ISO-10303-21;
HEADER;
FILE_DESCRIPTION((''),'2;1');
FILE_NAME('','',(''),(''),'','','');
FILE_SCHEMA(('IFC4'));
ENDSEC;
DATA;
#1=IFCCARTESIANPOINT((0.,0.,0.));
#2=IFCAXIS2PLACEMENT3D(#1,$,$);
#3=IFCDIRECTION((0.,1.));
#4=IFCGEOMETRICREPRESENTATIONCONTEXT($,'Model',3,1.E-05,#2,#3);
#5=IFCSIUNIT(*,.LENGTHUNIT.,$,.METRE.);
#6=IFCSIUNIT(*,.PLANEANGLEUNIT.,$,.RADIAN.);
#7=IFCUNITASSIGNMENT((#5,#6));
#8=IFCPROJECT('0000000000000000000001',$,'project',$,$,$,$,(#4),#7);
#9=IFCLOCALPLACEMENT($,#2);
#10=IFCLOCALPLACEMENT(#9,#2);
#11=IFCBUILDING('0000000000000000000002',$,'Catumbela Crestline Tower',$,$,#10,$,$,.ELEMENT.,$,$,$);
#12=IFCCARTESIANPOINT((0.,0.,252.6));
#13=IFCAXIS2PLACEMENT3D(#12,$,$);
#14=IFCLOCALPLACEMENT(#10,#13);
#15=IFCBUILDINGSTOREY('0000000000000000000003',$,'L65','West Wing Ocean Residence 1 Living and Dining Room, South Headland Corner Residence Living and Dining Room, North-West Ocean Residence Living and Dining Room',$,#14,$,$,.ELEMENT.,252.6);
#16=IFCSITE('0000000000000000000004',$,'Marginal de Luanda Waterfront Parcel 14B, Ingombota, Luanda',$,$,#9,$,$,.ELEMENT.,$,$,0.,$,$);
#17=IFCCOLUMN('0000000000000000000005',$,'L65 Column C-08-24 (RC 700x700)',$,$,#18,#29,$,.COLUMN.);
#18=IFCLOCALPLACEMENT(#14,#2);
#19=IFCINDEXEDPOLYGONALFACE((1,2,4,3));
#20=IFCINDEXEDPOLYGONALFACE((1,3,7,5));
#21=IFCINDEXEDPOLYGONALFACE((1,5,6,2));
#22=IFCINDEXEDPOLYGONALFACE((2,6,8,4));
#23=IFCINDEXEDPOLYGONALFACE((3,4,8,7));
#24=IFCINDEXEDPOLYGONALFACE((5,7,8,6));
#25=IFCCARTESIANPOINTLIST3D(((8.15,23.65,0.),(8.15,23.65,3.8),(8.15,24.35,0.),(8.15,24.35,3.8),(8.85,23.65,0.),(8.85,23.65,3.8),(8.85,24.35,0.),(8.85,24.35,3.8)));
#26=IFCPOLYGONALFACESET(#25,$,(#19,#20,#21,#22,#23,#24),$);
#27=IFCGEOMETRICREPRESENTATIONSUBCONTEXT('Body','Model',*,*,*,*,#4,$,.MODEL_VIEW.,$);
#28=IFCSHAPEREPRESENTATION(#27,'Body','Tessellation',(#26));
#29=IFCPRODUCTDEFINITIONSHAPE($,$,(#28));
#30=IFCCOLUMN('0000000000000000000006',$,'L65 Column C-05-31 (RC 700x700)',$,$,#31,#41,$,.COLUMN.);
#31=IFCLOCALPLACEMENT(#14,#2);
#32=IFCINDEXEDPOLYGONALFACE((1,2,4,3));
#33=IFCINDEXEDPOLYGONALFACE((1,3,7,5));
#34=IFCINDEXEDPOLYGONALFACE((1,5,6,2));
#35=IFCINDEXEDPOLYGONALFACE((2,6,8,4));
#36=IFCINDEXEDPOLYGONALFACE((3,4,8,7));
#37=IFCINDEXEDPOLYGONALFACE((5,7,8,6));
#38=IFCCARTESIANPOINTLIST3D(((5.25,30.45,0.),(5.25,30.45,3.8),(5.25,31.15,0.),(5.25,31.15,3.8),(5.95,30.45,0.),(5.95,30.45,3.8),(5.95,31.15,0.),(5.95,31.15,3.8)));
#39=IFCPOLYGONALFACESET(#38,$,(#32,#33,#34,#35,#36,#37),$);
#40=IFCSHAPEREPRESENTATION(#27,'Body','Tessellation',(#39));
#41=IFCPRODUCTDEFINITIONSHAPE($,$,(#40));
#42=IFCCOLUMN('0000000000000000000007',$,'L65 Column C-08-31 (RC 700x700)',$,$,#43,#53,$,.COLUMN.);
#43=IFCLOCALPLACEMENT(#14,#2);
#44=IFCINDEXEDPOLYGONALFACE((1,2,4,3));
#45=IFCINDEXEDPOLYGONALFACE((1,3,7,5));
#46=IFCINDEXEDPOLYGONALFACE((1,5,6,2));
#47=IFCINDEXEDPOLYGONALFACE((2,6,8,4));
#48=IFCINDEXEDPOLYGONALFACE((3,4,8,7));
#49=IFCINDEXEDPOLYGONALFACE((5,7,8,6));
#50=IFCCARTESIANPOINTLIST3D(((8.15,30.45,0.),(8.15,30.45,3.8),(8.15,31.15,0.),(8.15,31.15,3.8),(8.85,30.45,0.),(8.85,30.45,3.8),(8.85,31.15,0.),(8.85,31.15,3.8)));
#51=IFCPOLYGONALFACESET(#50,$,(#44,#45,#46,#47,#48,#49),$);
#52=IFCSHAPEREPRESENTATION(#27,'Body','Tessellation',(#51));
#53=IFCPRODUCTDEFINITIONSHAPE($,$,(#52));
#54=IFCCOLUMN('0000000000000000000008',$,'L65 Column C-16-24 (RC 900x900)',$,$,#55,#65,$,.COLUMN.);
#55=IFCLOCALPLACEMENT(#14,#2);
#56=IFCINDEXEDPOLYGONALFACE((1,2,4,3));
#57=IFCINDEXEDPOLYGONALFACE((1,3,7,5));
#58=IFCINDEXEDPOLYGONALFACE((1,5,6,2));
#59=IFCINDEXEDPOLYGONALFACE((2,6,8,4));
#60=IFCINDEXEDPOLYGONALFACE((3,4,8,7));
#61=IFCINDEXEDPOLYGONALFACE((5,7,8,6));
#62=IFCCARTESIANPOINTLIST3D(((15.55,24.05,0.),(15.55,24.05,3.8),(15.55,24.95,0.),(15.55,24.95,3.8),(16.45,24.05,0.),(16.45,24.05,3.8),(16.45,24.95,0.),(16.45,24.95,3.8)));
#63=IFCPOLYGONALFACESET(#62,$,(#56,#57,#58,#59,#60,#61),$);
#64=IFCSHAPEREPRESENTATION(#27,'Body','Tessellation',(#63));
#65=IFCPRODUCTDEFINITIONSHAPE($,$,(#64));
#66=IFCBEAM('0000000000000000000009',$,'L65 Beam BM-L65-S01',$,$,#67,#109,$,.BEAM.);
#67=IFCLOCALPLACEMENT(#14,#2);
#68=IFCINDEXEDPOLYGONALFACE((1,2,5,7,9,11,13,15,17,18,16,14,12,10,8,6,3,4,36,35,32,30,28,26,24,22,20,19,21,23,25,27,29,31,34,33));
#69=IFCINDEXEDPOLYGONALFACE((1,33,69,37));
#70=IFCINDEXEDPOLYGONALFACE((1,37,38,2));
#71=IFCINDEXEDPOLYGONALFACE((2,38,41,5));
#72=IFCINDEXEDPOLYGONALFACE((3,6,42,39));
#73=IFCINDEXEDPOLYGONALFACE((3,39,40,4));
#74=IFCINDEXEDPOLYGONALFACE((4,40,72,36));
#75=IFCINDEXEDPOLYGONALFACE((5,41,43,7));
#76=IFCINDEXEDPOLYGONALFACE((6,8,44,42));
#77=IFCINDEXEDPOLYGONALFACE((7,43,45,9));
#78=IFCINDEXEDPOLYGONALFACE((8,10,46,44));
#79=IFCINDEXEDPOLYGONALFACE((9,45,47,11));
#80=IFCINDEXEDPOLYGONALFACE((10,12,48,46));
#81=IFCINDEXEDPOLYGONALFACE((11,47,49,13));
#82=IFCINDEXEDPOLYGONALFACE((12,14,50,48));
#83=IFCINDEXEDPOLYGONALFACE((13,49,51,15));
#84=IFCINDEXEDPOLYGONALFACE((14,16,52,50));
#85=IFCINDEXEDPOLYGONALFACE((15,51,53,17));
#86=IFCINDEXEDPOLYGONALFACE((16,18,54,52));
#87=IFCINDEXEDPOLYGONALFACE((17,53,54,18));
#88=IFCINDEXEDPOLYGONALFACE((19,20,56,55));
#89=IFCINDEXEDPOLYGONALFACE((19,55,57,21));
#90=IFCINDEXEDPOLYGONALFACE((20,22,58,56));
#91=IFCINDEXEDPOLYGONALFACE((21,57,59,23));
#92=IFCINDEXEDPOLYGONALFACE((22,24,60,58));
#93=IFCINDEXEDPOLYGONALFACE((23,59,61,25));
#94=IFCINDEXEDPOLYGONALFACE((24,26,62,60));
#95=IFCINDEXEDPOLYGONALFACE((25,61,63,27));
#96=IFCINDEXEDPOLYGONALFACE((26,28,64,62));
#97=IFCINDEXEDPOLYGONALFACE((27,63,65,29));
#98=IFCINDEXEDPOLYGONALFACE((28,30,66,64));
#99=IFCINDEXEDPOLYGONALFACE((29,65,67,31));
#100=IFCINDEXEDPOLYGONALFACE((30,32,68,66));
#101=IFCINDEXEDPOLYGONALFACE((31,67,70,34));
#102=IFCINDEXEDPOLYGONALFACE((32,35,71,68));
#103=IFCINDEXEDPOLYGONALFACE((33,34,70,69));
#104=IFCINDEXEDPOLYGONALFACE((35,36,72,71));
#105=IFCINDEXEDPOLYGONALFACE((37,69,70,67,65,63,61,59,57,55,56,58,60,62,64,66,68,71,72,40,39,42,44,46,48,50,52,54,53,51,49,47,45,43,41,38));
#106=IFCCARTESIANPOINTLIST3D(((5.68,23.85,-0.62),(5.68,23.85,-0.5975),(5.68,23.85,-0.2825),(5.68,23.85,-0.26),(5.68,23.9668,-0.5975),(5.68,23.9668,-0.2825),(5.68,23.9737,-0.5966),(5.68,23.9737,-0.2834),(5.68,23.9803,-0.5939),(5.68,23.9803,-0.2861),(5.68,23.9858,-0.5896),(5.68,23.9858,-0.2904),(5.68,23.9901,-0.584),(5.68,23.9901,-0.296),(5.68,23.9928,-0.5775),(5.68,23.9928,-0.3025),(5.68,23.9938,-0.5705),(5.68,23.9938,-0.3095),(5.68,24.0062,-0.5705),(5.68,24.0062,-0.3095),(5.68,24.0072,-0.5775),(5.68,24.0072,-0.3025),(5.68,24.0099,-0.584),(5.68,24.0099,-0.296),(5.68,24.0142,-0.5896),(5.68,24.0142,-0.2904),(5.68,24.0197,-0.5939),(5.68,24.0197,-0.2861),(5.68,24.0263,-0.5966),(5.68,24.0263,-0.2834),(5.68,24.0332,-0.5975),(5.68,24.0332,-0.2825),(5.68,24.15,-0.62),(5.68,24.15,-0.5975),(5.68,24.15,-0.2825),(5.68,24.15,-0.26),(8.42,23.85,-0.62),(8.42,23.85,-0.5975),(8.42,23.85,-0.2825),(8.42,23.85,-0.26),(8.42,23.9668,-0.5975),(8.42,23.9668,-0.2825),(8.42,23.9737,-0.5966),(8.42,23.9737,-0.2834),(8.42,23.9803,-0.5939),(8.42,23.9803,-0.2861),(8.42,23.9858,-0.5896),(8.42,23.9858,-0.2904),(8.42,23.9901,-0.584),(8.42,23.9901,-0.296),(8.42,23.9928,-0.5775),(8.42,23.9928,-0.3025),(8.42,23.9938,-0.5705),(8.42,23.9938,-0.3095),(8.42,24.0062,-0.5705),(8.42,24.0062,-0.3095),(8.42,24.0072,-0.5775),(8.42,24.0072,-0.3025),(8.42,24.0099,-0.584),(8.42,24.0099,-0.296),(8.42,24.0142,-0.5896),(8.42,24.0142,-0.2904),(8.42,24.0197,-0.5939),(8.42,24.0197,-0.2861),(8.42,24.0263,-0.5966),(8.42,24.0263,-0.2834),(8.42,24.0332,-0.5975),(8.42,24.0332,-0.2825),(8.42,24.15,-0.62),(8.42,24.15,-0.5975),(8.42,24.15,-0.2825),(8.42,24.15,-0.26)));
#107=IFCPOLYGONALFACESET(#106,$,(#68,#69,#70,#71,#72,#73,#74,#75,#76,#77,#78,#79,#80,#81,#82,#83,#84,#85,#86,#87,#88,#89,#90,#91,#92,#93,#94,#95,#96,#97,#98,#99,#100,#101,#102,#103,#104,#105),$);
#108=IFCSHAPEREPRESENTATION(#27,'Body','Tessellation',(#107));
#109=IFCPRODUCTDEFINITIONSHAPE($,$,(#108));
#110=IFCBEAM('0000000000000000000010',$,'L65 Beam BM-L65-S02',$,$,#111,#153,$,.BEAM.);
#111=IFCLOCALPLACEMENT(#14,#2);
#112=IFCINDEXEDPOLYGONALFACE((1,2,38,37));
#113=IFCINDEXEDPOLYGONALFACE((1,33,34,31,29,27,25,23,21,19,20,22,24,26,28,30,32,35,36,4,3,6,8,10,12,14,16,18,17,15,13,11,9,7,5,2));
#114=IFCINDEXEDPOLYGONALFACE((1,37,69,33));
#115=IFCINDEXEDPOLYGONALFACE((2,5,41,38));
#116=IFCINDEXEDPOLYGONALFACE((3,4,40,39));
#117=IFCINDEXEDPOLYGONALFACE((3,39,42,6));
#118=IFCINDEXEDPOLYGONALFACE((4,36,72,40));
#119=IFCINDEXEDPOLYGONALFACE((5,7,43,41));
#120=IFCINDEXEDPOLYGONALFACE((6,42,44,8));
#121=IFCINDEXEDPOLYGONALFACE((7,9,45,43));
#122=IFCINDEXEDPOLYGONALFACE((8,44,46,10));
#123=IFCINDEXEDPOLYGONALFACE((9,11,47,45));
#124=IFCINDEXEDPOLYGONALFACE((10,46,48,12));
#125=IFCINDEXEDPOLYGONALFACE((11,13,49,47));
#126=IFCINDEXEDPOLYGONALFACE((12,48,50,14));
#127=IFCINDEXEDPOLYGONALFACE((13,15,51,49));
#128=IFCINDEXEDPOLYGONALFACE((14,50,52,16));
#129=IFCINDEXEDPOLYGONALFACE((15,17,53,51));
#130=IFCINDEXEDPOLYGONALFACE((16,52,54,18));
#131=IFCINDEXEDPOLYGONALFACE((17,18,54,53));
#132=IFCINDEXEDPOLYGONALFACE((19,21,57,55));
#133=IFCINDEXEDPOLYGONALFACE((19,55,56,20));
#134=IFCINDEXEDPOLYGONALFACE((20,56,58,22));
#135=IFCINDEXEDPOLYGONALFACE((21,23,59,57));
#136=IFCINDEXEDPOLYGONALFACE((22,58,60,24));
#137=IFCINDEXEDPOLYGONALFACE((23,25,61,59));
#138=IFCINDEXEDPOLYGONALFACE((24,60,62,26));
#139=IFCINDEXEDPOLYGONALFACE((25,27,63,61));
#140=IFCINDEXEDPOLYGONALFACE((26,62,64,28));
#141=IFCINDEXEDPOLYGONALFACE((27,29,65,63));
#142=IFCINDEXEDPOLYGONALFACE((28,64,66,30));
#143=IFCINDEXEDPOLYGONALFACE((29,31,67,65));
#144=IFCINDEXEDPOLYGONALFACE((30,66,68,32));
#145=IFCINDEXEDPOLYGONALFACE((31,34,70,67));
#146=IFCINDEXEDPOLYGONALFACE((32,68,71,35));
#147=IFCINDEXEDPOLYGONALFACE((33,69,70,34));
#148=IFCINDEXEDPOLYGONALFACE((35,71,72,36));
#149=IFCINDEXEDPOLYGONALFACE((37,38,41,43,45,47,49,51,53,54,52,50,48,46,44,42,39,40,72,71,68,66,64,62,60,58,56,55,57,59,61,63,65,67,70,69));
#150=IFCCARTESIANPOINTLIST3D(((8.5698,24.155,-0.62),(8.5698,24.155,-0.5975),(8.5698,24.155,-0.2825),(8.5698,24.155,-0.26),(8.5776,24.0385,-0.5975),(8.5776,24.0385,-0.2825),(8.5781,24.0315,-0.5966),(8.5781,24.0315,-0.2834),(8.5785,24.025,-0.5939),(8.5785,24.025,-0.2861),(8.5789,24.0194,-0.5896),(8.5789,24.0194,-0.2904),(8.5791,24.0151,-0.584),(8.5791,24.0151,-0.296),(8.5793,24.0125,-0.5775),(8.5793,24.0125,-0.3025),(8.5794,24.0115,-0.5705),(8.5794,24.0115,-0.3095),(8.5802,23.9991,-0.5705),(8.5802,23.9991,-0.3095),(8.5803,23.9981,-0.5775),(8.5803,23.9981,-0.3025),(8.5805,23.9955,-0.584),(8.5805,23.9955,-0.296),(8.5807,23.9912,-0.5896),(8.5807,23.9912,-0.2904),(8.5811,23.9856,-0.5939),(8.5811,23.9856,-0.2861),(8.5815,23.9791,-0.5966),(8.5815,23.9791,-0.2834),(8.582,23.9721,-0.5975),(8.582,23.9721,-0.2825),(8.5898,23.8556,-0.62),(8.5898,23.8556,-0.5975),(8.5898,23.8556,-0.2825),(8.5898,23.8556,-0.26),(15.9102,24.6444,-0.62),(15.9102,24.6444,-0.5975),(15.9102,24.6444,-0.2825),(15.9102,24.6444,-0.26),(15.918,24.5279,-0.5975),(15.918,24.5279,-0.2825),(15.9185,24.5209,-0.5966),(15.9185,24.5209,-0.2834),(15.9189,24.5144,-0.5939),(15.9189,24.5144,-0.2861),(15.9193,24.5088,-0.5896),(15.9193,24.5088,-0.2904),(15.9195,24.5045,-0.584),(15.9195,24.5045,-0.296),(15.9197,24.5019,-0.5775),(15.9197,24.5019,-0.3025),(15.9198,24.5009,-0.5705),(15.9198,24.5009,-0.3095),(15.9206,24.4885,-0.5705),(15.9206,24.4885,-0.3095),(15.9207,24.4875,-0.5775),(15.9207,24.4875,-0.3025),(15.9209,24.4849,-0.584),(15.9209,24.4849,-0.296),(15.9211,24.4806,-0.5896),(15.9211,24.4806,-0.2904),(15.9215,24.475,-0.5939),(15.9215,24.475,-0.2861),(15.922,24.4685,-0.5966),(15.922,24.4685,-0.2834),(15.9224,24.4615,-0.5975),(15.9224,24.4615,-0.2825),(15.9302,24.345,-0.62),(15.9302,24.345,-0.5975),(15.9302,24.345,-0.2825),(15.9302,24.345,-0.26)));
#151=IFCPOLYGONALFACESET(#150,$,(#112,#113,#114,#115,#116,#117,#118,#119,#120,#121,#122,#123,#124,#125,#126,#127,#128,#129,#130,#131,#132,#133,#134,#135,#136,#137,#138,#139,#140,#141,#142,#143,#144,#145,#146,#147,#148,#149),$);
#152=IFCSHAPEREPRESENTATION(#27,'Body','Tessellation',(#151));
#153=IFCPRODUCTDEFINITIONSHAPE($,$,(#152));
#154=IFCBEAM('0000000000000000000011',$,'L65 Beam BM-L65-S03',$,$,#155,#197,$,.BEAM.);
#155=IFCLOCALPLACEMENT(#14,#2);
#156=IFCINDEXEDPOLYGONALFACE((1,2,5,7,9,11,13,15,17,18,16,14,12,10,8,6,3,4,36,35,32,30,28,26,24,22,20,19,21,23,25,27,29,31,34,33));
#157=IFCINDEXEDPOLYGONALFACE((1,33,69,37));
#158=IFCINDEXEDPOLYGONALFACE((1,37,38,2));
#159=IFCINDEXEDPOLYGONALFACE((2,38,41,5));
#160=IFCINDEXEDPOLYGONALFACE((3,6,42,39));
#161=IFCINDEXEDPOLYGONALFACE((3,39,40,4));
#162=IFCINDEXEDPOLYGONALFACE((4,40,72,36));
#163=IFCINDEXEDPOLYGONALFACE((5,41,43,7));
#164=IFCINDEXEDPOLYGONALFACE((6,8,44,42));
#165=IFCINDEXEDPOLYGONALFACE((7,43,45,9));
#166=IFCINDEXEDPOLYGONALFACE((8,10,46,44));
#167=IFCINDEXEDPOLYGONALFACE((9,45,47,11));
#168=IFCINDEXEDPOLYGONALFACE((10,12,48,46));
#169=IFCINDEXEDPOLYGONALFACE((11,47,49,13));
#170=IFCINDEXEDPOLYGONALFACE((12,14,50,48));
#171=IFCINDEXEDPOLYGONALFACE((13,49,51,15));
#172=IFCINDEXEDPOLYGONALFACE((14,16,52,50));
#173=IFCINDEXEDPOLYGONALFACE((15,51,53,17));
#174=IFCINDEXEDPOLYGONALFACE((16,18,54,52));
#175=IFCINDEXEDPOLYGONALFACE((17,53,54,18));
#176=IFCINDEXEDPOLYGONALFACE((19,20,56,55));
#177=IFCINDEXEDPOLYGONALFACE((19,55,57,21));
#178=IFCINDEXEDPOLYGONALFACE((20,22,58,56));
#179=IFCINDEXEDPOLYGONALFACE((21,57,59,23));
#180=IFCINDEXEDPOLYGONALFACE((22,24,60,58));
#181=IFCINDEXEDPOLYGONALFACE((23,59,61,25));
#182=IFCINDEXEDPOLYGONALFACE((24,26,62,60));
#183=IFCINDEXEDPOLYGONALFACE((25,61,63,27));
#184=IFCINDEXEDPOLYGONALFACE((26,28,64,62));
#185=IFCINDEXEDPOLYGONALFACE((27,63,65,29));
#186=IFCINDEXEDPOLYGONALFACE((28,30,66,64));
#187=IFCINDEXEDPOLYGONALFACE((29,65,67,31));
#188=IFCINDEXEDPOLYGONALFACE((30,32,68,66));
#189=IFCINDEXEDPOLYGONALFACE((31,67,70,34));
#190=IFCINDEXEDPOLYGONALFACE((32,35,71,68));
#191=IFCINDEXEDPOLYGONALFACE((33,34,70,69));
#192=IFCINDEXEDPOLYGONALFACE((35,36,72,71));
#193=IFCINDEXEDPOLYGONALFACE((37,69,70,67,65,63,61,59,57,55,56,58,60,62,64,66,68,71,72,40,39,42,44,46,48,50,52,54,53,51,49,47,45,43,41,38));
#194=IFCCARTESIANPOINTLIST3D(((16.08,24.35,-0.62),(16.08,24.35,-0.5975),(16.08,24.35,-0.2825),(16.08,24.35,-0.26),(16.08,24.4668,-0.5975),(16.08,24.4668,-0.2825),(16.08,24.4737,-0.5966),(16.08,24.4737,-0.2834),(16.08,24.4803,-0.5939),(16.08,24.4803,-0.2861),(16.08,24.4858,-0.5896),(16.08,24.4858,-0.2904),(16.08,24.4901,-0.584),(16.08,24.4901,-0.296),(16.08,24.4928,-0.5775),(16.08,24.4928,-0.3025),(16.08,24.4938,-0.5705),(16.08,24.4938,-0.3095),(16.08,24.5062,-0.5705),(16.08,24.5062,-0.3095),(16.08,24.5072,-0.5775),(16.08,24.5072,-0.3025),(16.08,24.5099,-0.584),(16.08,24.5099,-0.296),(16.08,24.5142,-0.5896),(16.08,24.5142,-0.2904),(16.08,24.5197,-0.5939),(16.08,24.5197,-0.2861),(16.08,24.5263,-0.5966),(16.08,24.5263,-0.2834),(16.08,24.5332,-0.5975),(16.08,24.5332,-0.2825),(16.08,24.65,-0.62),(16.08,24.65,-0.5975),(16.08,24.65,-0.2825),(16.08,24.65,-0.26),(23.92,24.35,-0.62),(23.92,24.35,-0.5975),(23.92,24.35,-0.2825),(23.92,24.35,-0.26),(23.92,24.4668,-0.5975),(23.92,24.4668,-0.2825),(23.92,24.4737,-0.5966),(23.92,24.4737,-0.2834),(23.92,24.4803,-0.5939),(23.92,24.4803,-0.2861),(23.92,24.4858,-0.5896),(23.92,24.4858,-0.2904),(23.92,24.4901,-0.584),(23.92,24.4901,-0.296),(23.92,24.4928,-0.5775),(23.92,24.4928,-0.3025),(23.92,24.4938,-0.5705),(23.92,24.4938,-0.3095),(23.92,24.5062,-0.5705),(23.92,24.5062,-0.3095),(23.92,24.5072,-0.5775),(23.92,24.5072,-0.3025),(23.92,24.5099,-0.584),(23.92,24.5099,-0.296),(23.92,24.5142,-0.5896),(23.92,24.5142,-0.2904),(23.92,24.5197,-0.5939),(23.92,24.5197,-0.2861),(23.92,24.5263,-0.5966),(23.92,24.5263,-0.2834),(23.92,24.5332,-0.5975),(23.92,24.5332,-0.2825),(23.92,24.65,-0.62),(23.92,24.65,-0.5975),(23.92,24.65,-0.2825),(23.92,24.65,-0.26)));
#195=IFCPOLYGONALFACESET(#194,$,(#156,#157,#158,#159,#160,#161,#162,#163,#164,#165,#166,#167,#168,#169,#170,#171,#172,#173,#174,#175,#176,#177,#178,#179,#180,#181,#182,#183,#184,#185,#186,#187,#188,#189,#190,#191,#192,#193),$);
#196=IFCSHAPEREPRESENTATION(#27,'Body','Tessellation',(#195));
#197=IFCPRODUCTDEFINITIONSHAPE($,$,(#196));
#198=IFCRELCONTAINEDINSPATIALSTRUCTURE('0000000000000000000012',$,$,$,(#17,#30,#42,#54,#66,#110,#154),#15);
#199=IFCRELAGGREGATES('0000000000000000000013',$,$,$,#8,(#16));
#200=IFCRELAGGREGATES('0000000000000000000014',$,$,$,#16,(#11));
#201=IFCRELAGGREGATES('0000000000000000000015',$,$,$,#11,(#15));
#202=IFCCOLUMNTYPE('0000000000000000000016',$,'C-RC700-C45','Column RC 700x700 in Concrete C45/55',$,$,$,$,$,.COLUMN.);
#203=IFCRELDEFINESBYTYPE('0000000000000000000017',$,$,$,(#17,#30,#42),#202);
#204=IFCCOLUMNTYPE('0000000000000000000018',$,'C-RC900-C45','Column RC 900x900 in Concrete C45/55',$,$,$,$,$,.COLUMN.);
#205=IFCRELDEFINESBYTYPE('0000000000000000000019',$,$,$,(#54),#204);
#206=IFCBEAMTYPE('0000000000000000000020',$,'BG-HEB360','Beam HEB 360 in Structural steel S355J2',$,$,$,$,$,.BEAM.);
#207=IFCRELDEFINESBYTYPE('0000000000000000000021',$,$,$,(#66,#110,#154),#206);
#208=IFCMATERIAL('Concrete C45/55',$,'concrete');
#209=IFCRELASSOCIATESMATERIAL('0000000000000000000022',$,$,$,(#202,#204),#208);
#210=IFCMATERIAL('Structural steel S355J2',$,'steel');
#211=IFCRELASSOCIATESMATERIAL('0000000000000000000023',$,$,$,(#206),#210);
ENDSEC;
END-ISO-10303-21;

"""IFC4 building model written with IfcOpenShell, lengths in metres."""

from ifc_helpers import new_model, si_unit, direction, frame, origin, origin_2d, place, context, subcontext, project, spatial, rectangle, i_section, extrude, material, material_profile, profile_set, type_object, element, save


model = new_model("IFC4")

# Units and contexts
model_context = context("Model", 3, precision=1e-05, world=origin(), true_north=direction((0.0, 1.0)))
body_context = subcontext(model_context, "Body", "Model", "MODEL_VIEW")
ifc_project = project(units=[si_unit("LENGTHUNIT", "METRE"), si_unit("PLANEANGLEUNIT", "RADIAN")], contexts=[model_context])

# Site, building, storey
site_placement = place(None, origin())
site = spatial("IfcSite", under=ifc_project, at=site_placement, Name="Marginal de Luanda Waterfront Parcel 14B, Ingombota, Luanda", CompositionType="ELEMENT", RefElevation=0.0)
building_placement = place(site_placement, origin())
building = spatial("IfcBuilding", under=site, at=building_placement, Name="Catumbela Crestline Tower", CompositionType="ELEMENT")
storey_placement = place(building_placement, frame((0.0, 0.0, 252.6)))
storey = spatial("IfcBuildingStorey", under=building, at=storey_placement, Name="L65", Description="West Wing Ocean Residence 1 Living and Dining Room, South Headland Corner Residence Living and Dining Room, North-West Ocean Residence Living and Dining Room", CompositionType="ELEMENT", Elevation=252.6)

# Columns
ifc_material_1 = material(Name="Concrete C45/55", Category="concrete")
ifc_material_profile_1 = material_profile(ifc_material_1, rectangle(XDim=0.7, YDim=0.7, at=origin_2d()), Name="RC 700x700")
ifc_profile_set_1 = profile_set([ifc_material_profile_1], Name="Concrete C45/55")
column_type_1 = type_object("IfcColumnType", Name="C-RC700-C45", Description="Column RC 700x700 in Concrete C45/55", PredefinedType="COLUMN", material=ifc_profile_set_1)
for number, where, z_axis, x_axis, name in (
    (1, (8.5, 24.0, 0.0), (0.0, 0.0, 1.0), (1.0, 0.0, 0.0), "L65 Column C-08-24 (RC 700x700)"),
    (2, (5.6, 30.8, 0.0), (0.0, 0.0, 1.0), (1.0, 0.0, 0.0), "L65 Column C-05-31 (RC 700x700)"),
    (3, (8.5, 30.8, 0.0), (0.0, 0.0, 1.0), (1.0, 0.0, 0.0), "L65 Column C-08-31 (RC 700x700)"),
):
    element("IfcColumn", number, at=place(storey_placement, frame(where, z_axis=z_axis, x_axis=x_axis)), inside=storey, type_object=column_type_1, Name=name, PredefinedType="COLUMN", context=body_context, shape_type="SweptSolid", body=[
        extrude(rectangle(XDim=0.7, YDim=0.7, at=origin_2d()), origin(), (0.0, 0.0, 1.0), 3.8),
    ])
ifc_material_profile_2 = material_profile(ifc_material_1, rectangle(XDim=0.9, YDim=0.9, at=origin_2d()), Name="RC 900x900")
ifc_profile_set_2 = profile_set([ifc_material_profile_2], Name="Concrete C45/55")
column_type_2 = type_object("IfcColumnType", Name="C-RC900-C45", Description="Column RC 900x900 in Concrete C45/55", PredefinedType="COLUMN", material=ifc_profile_set_2)
column_placement = place(storey_placement, frame((16.0, 24.5, 0.0), z_axis=(0.0, 0.0, 1.0), x_axis=(1.0, 0.0, 0.0)))
element("IfcColumn", 4, at=column_placement, inside=storey, type_object=column_type_2, Name="L65 Column C-16-24 (RC 900x900)", PredefinedType="COLUMN", context=body_context, shape_type="SweptSolid", body=[
    extrude(rectangle(XDim=0.9, YDim=0.9, at=origin_2d()), origin(), (0.0, 0.0, 1.0), 3.8),
])

# Beams
ifc_material_2 = material(Name="Structural steel S355J2", Category="steel")
ifc_material_profile_3 = material_profile(ifc_material_2, i_section(OverallWidth=0.3, OverallDepth=0.36, WebThickness=0.0125, FlangeThickness=0.0225, FilletRadius=0.027, at=origin_2d()), Name="HEB 360")
ifc_profile_set_3 = profile_set([ifc_material_profile_3], Name="Structural steel S355J2")
beam_type = type_object("IfcBeamType", Name="BG-HEB360", Description="Beam HEB 360 in Structural steel S355J2", PredefinedType="BEAM", material=ifc_profile_set_3)
beam_1_placement = place(storey_placement, frame((5.68, 24.0, -0.44), z_axis=(1.0, 0.0, 0.0), x_axis=(0.0, 1.0, 0.0)))
element("IfcBeam", 5, at=beam_1_placement, inside=storey, type_object=beam_type, Name="L65 Beam BM-L65-S01", PredefinedType="BEAM", context=body_context, shape_type="SweptSolid", body=[
    extrude(i_section(OverallWidth=0.3, OverallDepth=0.36, WebThickness=0.0125, FlangeThickness=0.0225, FilletRadius=0.027, at=origin_2d()), origin(), (0.0, 0.0, 1.0), 2.74),
])
beam_2_placement = place(storey_placement, frame((8.5798, 24.0053, -0.44), z_axis=(0.997785, 0.066524, 0.0), x_axis=(-0.066524, 0.997785, 0.0)))
element("IfcBeam", 6, at=beam_2_placement, inside=storey, type_object=beam_type, Name="L65 Beam BM-L65-S02", PredefinedType="BEAM", context=body_context, shape_type="SweptSolid", body=[
    extrude(i_section(OverallWidth=0.3, OverallDepth=0.36, WebThickness=0.0125, FlangeThickness=0.0225, FilletRadius=0.027, at=origin_2d()), origin(), (0.0, 0.0, 1.0), 7.3567),
])
beam_3_placement = place(storey_placement, frame((16.08, 24.5, -0.44), z_axis=(1.0, 0.0, 0.0), x_axis=(0.0, 1.0, 0.0)))
element("IfcBeam", 7, at=beam_3_placement, inside=storey, type_object=beam_type, Name="L65 Beam BM-L65-S03", PredefinedType="BEAM", context=body_context, shape_type="SweptSolid", body=[
    extrude(i_section(OverallWidth=0.3, OverallDepth=0.36, WebThickness=0.0125, FlangeThickness=0.0225, FilletRadius=0.027, at=origin_2d()), origin(), (0.0, 0.0, 1.0), 7.84),
])

save(model, "model.ifc")
